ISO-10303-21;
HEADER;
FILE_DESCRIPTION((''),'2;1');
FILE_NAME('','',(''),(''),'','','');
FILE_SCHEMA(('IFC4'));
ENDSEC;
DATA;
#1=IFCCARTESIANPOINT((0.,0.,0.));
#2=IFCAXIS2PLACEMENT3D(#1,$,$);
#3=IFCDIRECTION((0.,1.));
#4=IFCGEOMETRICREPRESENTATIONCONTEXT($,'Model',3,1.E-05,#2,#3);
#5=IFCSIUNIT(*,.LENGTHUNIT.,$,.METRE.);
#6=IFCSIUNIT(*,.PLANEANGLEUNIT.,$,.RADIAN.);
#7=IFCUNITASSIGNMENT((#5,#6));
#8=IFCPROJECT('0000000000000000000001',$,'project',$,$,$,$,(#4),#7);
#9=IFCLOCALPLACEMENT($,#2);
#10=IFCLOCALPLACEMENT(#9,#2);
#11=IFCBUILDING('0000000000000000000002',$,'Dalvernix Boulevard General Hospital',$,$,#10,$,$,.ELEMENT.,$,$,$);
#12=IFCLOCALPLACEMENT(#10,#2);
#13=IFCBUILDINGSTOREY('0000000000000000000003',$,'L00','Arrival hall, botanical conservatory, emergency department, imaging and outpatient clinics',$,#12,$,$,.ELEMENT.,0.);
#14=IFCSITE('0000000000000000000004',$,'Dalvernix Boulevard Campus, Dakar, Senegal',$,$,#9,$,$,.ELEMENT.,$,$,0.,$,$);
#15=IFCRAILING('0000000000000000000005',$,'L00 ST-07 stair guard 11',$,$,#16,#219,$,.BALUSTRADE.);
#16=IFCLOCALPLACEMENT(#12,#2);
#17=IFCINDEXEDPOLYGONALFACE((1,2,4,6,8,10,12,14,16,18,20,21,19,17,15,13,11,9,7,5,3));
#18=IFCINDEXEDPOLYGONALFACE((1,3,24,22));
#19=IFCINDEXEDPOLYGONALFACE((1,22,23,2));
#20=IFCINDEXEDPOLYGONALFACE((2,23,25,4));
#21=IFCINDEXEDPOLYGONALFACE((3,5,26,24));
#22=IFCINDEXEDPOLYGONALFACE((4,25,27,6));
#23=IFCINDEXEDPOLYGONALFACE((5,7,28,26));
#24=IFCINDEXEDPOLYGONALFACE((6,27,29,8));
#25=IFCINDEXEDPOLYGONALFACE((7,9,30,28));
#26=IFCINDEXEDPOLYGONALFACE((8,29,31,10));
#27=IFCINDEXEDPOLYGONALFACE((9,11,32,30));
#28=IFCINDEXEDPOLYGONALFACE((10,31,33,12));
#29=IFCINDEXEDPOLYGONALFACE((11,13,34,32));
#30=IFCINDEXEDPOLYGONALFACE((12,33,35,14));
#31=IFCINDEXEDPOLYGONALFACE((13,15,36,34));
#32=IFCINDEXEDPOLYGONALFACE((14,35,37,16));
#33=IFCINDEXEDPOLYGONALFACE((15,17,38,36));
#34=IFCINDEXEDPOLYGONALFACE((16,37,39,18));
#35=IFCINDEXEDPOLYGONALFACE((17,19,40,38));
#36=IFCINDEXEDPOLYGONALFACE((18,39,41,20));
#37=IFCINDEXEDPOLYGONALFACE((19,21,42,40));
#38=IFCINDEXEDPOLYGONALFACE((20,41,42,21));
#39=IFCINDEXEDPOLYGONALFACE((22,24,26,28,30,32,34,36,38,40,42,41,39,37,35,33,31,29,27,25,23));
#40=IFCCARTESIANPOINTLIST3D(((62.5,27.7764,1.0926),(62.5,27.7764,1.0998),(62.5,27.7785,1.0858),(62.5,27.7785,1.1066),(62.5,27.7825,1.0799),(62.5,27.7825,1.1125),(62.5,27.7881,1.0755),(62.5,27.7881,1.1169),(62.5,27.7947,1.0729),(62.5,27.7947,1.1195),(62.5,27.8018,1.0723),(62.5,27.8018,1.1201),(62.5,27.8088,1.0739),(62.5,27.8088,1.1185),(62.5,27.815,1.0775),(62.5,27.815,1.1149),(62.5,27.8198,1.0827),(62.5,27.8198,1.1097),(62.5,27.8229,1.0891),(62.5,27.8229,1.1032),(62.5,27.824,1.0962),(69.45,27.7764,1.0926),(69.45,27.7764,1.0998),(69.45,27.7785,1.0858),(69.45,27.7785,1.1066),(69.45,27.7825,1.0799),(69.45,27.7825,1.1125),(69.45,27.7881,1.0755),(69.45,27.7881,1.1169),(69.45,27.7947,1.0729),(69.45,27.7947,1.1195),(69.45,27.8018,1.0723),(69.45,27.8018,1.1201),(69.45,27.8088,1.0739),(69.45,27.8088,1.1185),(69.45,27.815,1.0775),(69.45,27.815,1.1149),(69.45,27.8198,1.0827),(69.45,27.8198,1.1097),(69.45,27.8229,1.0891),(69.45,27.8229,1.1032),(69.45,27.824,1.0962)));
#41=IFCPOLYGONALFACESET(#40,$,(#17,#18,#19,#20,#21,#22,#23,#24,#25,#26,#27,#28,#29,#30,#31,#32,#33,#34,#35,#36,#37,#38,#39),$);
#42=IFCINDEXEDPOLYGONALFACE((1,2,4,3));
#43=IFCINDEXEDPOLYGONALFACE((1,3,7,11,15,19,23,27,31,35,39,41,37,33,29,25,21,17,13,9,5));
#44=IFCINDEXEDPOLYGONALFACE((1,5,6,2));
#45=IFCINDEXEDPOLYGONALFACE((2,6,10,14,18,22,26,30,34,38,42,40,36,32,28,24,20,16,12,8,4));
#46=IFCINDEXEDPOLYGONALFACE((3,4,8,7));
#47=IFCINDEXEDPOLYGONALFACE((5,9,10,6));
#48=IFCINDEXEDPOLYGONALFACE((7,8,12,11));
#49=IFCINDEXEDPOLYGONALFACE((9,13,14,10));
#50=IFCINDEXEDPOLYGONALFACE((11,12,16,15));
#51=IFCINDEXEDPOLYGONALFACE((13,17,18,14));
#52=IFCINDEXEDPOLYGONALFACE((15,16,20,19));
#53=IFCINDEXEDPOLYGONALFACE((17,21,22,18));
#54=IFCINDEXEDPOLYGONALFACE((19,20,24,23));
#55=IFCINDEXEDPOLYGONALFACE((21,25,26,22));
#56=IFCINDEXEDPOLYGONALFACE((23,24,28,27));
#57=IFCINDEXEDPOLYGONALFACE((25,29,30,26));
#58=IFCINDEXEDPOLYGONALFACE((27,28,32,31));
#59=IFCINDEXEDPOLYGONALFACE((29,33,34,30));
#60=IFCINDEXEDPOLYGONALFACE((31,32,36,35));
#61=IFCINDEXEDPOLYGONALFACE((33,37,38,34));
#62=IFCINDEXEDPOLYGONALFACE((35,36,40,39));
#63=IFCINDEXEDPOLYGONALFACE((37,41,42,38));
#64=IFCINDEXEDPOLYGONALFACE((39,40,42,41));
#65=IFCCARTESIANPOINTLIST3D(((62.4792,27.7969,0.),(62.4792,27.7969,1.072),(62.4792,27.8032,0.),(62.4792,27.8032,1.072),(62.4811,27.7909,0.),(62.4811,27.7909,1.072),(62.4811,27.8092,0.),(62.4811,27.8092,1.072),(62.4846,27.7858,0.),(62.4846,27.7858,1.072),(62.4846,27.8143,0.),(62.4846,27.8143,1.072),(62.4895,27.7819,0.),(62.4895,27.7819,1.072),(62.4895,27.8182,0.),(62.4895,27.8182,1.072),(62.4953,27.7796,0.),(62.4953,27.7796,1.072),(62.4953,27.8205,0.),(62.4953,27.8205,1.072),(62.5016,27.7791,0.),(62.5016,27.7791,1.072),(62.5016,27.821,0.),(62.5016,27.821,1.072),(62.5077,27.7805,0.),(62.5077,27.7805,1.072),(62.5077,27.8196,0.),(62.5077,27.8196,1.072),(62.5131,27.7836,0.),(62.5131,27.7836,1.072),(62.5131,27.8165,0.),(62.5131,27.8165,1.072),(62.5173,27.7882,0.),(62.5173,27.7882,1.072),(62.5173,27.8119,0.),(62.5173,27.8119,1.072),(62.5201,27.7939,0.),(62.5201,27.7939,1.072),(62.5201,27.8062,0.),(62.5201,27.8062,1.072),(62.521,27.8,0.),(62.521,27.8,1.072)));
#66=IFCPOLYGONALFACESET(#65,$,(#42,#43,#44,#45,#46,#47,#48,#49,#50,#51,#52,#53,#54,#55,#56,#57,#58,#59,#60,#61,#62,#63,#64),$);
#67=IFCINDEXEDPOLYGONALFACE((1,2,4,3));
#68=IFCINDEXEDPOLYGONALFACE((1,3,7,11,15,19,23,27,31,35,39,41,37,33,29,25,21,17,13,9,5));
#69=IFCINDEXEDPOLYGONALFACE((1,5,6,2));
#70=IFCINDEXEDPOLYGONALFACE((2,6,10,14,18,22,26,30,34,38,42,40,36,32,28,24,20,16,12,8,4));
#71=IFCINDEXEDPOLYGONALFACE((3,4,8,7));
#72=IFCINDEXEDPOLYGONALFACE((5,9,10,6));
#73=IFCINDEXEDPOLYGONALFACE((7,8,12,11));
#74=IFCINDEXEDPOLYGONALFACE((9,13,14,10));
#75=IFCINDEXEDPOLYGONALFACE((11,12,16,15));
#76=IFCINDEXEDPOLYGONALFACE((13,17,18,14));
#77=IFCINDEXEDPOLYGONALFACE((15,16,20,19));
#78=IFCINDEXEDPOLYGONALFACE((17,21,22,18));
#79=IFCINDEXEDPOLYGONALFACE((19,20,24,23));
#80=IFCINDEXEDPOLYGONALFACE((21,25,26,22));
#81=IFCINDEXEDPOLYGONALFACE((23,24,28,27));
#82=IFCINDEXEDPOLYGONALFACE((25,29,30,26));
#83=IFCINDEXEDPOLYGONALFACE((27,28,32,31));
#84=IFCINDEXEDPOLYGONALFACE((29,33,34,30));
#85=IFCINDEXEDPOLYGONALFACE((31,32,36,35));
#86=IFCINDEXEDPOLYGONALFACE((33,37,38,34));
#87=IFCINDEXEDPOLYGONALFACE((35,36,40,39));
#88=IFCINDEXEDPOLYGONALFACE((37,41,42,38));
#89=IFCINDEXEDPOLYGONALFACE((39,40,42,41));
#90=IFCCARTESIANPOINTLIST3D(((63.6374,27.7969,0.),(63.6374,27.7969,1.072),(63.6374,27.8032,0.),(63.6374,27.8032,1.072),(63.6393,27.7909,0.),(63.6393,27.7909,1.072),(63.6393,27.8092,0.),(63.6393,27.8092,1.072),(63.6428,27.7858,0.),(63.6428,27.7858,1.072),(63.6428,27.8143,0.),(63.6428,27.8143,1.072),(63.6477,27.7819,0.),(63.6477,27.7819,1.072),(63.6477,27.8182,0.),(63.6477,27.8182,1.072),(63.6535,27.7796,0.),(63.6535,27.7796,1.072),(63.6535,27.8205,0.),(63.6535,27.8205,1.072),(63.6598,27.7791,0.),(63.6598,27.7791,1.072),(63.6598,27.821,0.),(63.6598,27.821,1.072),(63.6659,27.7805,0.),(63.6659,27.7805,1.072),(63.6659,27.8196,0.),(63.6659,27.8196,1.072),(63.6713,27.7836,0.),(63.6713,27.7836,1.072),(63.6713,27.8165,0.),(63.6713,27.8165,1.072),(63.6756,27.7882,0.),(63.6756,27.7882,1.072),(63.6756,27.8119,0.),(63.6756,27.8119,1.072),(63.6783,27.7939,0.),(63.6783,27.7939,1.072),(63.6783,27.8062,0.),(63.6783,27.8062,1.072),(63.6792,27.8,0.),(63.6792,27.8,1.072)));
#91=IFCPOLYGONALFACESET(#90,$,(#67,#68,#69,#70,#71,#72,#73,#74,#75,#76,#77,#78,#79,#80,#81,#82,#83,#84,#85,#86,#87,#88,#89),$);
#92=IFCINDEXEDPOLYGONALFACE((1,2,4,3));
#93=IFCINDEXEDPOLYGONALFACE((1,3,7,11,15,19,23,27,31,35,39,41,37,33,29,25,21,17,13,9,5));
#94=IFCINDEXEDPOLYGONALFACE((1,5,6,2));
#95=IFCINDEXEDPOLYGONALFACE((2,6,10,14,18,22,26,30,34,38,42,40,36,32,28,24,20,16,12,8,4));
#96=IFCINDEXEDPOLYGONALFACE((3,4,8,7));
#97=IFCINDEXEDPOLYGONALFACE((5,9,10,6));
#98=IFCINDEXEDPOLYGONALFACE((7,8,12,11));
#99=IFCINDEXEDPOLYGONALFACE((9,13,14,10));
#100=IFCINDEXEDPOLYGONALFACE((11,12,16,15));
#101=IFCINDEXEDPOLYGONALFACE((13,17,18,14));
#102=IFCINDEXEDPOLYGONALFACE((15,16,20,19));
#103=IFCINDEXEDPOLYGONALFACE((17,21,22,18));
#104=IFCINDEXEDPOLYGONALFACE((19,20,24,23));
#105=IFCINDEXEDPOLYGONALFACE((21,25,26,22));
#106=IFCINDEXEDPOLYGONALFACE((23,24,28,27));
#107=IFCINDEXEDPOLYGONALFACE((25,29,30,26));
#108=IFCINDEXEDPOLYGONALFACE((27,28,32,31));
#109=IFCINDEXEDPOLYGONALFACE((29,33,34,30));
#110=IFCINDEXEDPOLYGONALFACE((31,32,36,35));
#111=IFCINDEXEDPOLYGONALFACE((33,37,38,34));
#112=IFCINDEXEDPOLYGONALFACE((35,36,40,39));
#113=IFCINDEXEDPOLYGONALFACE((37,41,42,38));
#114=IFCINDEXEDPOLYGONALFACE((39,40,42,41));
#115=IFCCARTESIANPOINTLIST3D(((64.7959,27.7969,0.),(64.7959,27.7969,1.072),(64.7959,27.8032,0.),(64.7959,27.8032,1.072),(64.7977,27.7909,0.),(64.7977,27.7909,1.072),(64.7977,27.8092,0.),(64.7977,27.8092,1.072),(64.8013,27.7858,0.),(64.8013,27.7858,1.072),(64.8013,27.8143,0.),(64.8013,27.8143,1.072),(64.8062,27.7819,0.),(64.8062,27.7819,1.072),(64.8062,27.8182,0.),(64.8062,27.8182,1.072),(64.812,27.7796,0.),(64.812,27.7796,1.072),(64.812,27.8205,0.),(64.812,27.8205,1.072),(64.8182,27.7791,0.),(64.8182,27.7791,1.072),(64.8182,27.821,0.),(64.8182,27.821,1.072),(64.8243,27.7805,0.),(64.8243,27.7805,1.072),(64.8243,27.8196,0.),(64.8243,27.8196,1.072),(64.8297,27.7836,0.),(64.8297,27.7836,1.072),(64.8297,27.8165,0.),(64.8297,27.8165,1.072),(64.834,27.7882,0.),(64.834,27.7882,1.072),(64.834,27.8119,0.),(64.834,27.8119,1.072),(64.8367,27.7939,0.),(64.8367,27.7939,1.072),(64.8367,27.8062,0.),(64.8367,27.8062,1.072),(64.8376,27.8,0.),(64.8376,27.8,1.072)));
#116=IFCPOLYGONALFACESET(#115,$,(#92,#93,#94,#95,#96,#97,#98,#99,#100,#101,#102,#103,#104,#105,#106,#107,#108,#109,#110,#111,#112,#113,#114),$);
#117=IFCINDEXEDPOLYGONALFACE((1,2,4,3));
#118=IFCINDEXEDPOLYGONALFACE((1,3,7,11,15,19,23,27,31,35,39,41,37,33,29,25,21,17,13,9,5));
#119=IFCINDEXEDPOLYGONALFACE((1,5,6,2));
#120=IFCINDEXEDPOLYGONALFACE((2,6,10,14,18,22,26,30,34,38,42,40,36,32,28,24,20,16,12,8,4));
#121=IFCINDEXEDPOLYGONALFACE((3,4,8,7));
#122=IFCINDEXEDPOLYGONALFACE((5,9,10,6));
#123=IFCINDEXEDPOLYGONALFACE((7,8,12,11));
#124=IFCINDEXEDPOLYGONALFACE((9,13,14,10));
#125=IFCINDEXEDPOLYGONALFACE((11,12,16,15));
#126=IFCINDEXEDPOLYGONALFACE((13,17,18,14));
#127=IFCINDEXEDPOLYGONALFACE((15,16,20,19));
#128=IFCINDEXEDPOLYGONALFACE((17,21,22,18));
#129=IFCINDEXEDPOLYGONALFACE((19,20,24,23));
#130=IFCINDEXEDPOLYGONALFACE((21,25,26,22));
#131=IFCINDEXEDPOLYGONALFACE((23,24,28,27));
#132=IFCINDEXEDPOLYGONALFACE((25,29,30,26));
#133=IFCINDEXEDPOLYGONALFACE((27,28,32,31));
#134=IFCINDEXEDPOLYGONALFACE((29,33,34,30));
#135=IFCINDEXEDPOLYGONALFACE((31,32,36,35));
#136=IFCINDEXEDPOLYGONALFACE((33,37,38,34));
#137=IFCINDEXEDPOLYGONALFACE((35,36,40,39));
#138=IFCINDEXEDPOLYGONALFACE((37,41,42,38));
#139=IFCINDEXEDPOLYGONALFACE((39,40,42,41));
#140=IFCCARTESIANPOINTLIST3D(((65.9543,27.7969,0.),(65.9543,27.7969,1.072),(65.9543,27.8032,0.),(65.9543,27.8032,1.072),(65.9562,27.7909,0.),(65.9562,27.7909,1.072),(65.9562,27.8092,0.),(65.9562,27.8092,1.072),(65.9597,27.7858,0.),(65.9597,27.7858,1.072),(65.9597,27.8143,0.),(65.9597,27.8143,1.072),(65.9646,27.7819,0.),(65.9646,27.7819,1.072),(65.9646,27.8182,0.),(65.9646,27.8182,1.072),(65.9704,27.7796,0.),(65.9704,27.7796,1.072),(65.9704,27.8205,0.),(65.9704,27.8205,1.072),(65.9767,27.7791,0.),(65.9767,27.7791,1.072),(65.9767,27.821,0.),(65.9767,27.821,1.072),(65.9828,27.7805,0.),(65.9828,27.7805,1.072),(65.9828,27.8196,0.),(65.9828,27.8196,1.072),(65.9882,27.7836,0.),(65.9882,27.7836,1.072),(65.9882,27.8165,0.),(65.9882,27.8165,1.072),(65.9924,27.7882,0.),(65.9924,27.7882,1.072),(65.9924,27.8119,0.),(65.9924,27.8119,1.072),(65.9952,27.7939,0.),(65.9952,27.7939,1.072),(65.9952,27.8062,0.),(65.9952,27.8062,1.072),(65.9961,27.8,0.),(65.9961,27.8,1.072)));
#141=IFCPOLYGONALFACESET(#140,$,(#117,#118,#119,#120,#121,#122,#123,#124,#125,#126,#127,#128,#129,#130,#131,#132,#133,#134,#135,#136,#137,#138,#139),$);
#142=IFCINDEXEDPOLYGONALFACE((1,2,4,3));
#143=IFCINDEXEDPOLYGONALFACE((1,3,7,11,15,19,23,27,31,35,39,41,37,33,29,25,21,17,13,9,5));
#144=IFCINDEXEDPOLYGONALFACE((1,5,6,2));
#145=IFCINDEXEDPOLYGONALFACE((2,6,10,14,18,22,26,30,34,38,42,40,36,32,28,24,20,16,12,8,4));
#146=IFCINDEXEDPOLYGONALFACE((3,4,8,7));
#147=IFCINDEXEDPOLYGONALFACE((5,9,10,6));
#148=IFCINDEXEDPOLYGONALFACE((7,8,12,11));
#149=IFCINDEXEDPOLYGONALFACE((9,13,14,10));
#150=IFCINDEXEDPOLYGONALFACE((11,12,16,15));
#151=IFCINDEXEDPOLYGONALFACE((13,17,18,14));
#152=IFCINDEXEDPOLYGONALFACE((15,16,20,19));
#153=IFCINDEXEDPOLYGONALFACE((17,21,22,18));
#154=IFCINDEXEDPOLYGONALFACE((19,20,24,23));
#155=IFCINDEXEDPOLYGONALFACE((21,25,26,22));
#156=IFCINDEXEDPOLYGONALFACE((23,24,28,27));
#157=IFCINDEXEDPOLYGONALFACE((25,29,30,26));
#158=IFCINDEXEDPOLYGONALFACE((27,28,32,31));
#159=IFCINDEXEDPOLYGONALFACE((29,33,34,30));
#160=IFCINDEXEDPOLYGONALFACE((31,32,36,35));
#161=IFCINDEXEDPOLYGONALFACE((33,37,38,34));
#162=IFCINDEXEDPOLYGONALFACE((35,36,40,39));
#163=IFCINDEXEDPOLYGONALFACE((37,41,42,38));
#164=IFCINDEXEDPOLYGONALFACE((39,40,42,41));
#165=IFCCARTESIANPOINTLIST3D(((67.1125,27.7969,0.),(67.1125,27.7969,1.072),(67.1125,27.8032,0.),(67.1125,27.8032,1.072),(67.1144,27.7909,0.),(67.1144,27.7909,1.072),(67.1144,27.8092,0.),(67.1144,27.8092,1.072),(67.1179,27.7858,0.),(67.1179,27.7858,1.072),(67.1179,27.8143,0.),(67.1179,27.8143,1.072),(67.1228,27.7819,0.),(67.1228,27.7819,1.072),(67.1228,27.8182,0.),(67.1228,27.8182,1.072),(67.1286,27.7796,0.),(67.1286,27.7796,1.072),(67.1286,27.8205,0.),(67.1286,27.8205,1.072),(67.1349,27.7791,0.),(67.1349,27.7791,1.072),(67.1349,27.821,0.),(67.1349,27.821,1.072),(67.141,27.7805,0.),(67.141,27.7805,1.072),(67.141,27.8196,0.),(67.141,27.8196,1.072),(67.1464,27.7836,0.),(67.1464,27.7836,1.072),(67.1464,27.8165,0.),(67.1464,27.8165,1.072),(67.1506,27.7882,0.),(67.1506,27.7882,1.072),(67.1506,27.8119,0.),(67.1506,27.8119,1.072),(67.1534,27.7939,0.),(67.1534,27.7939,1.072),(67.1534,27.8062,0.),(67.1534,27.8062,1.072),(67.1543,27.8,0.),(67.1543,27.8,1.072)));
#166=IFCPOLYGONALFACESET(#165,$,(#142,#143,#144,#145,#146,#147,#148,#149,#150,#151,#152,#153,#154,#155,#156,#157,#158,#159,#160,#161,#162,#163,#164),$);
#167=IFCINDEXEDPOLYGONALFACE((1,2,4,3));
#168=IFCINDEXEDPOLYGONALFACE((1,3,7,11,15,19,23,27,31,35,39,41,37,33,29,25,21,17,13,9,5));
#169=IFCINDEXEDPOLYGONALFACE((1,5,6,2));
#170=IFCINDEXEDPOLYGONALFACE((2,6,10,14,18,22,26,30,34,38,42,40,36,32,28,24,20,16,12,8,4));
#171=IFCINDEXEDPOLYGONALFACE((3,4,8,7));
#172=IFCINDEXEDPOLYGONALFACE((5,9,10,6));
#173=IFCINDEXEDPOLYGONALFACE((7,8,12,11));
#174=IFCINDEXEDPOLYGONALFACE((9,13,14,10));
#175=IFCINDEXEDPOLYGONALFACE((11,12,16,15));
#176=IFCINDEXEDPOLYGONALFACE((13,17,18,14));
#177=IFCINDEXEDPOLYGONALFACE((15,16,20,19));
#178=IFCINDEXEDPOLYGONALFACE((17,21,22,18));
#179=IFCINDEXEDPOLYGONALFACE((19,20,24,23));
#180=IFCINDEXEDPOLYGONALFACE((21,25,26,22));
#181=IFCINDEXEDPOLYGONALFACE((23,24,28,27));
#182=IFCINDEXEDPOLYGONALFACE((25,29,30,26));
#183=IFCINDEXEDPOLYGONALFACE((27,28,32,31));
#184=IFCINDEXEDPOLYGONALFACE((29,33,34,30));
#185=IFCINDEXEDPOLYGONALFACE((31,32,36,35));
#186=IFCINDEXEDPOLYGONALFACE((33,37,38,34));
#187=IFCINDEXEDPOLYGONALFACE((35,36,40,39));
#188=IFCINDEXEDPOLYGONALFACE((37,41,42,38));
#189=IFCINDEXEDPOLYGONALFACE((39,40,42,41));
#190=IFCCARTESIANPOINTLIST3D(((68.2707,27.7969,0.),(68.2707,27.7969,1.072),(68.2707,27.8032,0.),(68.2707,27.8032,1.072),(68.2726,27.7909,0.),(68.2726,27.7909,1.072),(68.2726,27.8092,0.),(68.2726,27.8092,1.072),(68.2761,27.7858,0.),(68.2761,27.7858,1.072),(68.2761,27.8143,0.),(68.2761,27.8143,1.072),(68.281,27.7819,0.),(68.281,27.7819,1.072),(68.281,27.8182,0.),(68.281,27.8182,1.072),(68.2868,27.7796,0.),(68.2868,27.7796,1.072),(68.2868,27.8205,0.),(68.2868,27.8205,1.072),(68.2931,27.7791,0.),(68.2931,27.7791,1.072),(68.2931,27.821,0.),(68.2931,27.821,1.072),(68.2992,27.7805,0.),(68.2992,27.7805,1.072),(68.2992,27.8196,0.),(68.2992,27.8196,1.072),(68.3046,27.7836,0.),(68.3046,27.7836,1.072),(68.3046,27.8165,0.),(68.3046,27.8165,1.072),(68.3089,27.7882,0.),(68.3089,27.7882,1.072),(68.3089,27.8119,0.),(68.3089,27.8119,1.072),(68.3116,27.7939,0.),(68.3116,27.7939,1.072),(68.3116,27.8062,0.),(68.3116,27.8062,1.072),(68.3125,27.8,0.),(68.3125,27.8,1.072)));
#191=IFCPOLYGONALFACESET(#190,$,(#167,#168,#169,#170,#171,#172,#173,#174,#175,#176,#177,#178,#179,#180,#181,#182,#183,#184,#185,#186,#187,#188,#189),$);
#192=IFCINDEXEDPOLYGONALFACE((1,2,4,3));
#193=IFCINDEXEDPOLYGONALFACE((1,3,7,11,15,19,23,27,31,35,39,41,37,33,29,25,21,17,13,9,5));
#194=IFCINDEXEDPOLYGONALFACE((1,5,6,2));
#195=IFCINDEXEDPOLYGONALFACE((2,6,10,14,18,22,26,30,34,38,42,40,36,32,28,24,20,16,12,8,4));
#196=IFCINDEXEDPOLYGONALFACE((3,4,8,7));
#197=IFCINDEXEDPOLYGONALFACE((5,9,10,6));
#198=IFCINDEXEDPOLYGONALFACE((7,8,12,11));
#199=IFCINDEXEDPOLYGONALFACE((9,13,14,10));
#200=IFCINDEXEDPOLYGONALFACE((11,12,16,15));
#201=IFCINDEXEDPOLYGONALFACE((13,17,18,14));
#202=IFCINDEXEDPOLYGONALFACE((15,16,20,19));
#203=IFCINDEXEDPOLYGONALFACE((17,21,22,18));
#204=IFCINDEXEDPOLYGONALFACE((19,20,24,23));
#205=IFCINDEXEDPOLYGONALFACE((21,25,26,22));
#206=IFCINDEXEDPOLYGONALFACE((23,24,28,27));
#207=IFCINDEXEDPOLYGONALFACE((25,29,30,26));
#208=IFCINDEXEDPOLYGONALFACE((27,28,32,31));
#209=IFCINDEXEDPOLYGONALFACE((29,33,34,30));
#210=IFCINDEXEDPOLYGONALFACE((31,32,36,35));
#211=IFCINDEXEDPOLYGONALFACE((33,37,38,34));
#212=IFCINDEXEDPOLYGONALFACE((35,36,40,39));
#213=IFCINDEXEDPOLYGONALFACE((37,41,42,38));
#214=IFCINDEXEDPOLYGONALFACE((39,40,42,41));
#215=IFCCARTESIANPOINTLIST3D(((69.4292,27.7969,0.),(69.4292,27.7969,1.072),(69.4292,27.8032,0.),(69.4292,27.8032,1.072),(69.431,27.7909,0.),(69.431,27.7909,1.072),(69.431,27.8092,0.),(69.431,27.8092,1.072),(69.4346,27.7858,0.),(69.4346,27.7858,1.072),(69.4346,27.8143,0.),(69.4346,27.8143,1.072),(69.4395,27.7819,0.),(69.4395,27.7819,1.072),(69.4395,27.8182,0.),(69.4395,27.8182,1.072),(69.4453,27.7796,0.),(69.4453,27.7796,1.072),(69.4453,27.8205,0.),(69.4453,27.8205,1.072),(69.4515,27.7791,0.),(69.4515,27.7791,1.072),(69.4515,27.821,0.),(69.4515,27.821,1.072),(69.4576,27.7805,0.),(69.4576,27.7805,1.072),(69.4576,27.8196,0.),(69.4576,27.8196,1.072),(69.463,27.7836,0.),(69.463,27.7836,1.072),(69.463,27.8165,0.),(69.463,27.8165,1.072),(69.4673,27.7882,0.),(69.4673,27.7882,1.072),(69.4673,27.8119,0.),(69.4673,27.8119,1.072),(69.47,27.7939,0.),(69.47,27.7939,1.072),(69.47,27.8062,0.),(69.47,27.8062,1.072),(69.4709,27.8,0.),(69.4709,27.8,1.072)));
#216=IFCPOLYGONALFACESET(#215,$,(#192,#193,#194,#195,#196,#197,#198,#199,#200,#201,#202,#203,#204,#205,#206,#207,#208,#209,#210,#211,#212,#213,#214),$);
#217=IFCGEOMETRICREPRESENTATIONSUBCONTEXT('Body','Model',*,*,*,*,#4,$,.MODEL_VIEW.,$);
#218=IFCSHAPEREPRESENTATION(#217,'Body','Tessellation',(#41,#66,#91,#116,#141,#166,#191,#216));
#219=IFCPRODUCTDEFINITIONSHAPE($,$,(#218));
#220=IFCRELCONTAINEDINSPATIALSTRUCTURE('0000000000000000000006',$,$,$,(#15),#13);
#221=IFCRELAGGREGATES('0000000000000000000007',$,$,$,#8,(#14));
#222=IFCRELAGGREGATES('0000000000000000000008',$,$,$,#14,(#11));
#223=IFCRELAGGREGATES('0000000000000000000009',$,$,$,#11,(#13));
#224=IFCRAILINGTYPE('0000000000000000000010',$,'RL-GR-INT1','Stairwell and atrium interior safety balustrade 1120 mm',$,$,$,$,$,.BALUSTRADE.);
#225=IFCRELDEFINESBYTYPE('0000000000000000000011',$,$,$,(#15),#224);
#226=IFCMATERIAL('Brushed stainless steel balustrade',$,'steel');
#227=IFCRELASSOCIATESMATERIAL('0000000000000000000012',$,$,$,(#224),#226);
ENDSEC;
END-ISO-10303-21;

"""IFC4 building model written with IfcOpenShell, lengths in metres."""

from ifc_helpers import new_model, si_unit, direction, frame, origin, origin_2d, place, context, subcontext, project, spatial, circle, extrude, material, type_object, element, save


model = new_model("IFC4")

# Units and contexts
model_context = context("Model", 3, precision=1e-05, world=origin(), true_north=direction((0.0, 1.0)))
body_context = subcontext(model_context, "Body", "Model", "MODEL_VIEW")
ifc_project = project(units=[si_unit("LENGTHUNIT", "METRE"), si_unit("PLANEANGLEUNIT", "RADIAN")], contexts=[model_context])

# Site, building, storey
site_placement = place(None, origin())
site = spatial("IfcSite", under=ifc_project, at=site_placement, Name="Dalvernix Boulevard Campus, Dakar, Senegal", CompositionType="ELEMENT", RefElevation=0.0)
building_placement = place(site_placement, origin())
building = spatial("IfcBuilding", under=site, at=building_placement, Name="Dalvernix Boulevard General Hospital", CompositionType="ELEMENT")
storey_placement = place(building_placement, origin())
storey = spatial("IfcBuildingStorey", under=building, at=storey_placement, Name="L00", Description="Arrival hall, botanical conservatory, emergency department, imaging and outpatient clinics", CompositionType="ELEMENT", Elevation=0.0)

# Railing
ifc_material_1 = material(Name="Brushed stainless steel balustrade", Category="steel")
railing_type = type_object("IfcRailingType", Name="RL-GR-INT1", Description="Stairwell and atrium interior safety balustrade 1120 mm", PredefinedType="BALUSTRADE", material=ifc_material_1)
for number, where, name in (
    (1, (62.5, 27.8, 0.0), "L00 ST-07 stair guard 11"),
):
    element("IfcRailing", number, at=place(storey_placement, frame(where)), inside=storey, type_object=railing_type, Name=name, PredefinedType="BALUSTRADE", context=body_context, shape_type="SweptSolid", body=[
        extrude(circle(Radius=0.0239, at=origin_2d()), frame((0.0, 0.0, 1.0962), z_axis=(1.0, 0.0, 0.0), x_axis=(0.0, 1.0, 0.0)), (0.0, 0.0, 1.0), 6.95),
        extrude(circle(Radius=0.021, at=origin_2d()), origin(), (0.0, 0.0, 1.0), 1.072),
        extrude(circle(Radius=0.021, at=origin_2d()), frame((1.1582, 0.0, 0.0)), (0.0, 0.0, 1.0), 1.072),
        extrude(circle(Radius=0.021, at=origin_2d()), frame((2.3167, 0.0, 0.0)), (0.0, 0.0, 1.0), 1.072),
        extrude(circle(Radius=0.021, at=origin_2d()), frame((3.4751, 0.0, 0.0)), (0.0, 0.0, 1.0), 1.072),
        extrude(circle(Radius=0.021, at=origin_2d()), frame((4.6333, 0.0, 0.0)), (0.0, 0.0, 1.0), 1.072),
        extrude(circle(Radius=0.021, at=origin_2d()), frame((5.7915, 0.0, 0.0)), (0.0, 0.0, 1.0), 1.072),
        extrude(circle(Radius=0.021, at=origin_2d()), frame((6.95, 0.0, 0.0)), (0.0, 0.0, 1.0), 1.072),
    ])

save(model, "model.ifc")
